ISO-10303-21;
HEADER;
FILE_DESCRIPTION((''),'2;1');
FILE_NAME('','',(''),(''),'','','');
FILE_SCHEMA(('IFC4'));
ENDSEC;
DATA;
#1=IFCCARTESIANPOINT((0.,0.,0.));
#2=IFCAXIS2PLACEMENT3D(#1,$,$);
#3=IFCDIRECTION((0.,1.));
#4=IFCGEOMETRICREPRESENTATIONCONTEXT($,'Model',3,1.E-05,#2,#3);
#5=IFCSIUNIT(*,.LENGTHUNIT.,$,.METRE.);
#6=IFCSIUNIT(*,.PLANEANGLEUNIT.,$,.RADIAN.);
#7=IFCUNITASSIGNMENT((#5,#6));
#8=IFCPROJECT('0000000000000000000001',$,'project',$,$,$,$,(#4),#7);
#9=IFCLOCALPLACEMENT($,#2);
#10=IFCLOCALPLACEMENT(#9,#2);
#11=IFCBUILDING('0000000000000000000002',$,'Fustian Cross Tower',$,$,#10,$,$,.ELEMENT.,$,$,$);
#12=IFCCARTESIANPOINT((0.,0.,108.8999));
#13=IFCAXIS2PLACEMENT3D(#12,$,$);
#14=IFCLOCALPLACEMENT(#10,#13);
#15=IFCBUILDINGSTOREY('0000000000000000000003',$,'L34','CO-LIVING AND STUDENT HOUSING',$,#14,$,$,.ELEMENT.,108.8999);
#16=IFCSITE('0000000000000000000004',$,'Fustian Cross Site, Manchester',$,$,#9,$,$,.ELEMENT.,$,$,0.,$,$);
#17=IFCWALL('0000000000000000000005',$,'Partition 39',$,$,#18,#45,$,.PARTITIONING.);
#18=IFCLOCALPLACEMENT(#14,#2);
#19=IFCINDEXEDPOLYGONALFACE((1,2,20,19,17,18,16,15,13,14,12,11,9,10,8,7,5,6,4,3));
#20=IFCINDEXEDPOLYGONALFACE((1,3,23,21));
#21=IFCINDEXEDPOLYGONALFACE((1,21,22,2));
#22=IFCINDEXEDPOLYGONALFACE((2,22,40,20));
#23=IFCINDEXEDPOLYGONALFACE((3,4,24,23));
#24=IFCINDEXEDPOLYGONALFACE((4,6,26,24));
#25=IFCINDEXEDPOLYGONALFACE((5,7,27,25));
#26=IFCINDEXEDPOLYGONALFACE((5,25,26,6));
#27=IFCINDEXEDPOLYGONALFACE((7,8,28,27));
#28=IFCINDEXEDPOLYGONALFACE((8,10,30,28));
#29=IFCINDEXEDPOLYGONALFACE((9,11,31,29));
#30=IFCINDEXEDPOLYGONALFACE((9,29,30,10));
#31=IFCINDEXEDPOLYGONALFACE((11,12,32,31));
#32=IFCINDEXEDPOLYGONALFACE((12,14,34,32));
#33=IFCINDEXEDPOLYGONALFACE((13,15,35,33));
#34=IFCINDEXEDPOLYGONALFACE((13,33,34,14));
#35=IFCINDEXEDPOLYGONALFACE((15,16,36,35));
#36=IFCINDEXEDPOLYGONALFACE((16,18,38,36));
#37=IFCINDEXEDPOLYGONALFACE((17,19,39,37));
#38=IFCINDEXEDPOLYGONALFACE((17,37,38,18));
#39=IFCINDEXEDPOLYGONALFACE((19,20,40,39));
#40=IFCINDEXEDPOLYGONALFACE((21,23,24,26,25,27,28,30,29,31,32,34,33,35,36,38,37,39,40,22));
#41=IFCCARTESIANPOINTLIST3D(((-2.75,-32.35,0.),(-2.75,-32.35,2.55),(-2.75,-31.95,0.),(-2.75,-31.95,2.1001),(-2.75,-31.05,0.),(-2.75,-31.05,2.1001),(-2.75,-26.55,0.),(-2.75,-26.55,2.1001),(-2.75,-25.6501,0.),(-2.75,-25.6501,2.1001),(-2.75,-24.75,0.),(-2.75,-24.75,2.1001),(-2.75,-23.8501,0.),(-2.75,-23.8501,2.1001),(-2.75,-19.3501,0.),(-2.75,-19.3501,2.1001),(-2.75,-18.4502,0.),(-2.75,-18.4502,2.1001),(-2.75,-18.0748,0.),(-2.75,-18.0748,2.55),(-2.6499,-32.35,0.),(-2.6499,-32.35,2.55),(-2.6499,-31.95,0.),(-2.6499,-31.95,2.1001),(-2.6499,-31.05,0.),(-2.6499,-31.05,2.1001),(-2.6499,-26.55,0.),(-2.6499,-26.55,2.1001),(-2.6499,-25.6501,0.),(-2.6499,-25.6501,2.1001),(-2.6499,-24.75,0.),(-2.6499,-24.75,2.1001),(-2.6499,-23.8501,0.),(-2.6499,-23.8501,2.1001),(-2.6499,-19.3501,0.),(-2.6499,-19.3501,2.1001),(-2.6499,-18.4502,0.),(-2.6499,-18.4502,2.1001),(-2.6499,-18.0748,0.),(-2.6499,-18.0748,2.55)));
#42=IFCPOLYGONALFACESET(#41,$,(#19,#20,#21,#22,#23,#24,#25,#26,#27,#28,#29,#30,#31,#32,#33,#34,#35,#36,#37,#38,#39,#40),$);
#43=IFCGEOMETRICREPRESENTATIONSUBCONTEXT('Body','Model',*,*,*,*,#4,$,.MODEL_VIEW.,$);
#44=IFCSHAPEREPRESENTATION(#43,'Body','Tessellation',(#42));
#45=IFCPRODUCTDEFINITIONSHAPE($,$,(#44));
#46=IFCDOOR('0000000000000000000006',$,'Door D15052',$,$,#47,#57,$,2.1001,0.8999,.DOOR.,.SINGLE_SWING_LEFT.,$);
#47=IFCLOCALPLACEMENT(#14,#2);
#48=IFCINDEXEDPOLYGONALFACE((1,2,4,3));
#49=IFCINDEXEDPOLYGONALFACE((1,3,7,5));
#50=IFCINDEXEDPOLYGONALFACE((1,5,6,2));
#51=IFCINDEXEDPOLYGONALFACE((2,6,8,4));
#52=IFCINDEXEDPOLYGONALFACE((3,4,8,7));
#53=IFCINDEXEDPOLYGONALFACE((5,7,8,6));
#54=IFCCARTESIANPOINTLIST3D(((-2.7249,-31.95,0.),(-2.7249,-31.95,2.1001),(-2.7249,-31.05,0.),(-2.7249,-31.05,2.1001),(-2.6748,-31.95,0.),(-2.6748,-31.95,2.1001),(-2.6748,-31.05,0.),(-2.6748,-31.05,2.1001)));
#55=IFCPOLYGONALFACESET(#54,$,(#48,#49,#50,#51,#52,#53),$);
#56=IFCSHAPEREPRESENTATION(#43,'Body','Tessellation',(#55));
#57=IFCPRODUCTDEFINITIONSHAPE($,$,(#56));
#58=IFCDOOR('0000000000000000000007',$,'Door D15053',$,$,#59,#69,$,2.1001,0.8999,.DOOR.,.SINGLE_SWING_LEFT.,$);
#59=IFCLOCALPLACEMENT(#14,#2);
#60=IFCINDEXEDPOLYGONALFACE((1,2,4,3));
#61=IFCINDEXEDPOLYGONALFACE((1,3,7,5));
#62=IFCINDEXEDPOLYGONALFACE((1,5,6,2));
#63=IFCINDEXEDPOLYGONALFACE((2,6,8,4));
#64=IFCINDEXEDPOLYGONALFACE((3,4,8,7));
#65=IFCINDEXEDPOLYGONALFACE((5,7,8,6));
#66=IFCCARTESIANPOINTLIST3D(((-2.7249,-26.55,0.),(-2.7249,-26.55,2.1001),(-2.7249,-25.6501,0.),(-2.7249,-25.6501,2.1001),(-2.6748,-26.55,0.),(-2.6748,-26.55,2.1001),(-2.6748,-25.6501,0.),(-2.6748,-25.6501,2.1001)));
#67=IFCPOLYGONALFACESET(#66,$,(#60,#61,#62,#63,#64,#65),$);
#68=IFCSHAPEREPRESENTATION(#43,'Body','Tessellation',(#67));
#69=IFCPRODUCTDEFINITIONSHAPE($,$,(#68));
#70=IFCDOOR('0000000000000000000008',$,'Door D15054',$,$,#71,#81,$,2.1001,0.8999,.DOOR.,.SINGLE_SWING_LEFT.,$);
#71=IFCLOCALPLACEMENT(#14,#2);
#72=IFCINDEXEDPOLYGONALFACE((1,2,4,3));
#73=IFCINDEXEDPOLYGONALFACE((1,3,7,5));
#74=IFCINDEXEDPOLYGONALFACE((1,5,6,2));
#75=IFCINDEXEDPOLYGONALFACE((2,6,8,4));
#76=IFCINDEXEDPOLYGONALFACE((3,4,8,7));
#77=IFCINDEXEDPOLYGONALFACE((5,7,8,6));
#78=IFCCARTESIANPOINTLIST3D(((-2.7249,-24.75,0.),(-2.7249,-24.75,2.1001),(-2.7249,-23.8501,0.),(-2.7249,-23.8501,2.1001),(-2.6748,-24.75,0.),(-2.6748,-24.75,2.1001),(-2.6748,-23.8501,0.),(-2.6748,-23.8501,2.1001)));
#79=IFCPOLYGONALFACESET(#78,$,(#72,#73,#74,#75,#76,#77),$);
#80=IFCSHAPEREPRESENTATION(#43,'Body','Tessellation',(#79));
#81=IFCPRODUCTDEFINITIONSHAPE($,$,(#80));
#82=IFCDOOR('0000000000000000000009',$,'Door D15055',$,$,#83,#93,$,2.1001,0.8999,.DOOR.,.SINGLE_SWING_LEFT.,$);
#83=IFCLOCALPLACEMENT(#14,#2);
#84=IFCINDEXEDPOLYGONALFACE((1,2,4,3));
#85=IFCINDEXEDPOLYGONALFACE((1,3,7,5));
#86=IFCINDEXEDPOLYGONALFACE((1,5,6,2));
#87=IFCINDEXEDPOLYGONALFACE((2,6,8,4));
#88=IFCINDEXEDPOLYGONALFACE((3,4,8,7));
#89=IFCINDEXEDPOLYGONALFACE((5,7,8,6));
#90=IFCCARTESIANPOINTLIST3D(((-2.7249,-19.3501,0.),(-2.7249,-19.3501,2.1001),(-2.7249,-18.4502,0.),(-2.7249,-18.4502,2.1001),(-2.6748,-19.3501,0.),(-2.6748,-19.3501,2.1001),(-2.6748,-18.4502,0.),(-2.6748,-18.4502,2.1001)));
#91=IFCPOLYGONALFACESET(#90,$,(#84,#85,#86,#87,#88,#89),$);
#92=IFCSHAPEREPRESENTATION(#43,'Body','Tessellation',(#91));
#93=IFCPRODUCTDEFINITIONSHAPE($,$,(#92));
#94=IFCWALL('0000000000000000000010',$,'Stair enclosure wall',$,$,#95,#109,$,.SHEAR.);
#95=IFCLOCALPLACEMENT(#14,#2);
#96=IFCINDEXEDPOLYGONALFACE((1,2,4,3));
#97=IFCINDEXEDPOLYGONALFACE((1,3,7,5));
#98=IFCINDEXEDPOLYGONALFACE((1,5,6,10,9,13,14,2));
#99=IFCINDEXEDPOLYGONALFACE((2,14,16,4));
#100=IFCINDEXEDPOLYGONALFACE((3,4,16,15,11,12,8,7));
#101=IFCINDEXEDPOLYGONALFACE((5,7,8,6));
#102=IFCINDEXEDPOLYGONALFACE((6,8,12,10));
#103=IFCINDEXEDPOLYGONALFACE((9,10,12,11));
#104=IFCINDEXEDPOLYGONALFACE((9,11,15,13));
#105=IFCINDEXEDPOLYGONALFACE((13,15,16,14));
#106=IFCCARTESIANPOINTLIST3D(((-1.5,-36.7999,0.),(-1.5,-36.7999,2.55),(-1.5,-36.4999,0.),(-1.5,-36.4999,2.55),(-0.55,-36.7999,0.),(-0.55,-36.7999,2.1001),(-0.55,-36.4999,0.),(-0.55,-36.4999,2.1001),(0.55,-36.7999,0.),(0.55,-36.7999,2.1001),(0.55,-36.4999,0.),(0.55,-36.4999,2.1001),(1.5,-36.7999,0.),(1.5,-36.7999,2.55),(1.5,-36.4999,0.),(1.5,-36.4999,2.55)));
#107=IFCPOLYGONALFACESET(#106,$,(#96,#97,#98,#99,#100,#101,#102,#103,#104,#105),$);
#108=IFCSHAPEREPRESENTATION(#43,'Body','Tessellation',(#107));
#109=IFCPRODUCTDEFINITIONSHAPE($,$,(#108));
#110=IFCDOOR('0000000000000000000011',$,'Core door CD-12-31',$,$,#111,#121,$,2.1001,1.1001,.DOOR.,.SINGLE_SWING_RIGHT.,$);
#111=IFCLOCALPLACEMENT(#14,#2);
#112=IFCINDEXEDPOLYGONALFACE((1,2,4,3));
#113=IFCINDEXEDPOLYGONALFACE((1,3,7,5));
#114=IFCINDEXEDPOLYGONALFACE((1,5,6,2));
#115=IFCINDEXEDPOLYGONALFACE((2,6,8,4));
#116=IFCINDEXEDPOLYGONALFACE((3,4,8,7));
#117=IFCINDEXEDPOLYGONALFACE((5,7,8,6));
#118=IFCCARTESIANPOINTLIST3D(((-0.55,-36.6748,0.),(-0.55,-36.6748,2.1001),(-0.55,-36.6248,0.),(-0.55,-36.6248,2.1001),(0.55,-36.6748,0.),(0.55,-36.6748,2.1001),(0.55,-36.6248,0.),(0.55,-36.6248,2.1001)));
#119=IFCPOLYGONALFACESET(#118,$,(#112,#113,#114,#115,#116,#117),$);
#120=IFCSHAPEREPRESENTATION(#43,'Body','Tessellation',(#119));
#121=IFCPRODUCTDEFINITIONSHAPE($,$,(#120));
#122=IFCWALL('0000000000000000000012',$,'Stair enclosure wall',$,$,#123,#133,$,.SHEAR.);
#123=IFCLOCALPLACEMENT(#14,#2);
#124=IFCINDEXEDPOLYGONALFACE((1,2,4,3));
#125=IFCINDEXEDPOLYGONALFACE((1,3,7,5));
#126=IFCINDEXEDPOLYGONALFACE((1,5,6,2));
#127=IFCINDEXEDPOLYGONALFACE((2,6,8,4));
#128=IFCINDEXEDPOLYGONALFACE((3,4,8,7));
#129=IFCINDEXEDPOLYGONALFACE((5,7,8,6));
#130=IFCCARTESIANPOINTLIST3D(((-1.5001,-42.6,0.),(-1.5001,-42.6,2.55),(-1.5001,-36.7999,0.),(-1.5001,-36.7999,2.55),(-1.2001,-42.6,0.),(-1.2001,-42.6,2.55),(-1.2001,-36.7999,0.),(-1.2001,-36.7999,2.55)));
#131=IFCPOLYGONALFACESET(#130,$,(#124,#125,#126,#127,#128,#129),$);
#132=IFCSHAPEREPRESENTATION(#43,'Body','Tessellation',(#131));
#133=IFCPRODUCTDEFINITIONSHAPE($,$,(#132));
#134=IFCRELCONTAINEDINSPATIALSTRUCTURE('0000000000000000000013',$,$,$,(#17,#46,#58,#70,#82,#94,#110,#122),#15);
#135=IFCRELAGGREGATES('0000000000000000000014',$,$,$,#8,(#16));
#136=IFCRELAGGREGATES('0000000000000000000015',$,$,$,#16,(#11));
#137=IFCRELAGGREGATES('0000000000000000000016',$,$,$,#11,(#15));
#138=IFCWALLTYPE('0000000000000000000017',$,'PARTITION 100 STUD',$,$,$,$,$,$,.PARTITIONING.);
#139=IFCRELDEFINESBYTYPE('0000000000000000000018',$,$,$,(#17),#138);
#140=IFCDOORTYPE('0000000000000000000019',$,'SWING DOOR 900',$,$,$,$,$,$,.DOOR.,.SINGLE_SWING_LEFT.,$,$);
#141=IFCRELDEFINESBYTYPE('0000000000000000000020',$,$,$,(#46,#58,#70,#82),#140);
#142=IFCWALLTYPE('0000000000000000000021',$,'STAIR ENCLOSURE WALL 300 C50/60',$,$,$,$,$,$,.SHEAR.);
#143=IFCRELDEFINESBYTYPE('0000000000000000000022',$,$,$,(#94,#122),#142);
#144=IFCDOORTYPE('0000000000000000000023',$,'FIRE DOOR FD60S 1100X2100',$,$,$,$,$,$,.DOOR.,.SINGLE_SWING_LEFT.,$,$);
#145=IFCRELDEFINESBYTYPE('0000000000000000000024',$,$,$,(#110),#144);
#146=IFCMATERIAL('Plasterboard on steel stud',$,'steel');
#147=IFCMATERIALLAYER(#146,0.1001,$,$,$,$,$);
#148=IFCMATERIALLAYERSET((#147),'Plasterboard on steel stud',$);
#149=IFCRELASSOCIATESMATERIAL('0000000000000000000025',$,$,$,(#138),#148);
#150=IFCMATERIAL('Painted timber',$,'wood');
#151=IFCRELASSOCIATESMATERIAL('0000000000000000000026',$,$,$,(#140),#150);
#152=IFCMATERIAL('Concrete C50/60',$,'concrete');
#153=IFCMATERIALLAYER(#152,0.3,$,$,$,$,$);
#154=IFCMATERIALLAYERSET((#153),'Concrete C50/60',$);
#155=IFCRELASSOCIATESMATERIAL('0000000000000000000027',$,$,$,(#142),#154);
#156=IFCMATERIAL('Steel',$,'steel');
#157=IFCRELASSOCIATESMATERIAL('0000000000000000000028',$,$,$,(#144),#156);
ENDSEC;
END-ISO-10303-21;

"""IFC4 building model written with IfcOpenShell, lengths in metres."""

from ifc_helpers import new_model, si_unit, direction, frame, frame_2d, origin, place, context, subcontext, project, spatial, rectangle, extrude, material, layer, layer_set, type_object, element, fill, save


model = new_model("IFC4")

# Units and contexts
model_context = context("Model", 3, precision=1e-05, world=origin(), true_north=direction((0.0, 1.0)))
body_context = subcontext(model_context, "Body", "Model", "MODEL_VIEW")
ifc_project = project(units=[si_unit("LENGTHUNIT", "METRE"), si_unit("PLANEANGLEUNIT", "RADIAN")], contexts=[model_context])

# Site, building, storey
site_placement = place(None, origin())
site = spatial("IfcSite", under=ifc_project, at=site_placement, Name="Fustian Cross Site, Manchester", CompositionType="ELEMENT", RefElevation=0.0)
building_placement = place(site_placement, origin())
building = spatial("IfcBuilding", under=site, at=building_placement, Name="Fustian Cross Tower", CompositionType="ELEMENT")
storey_placement = place(building_placement, frame((0.0, 0.0, 108.8999)))
storey = spatial("IfcBuildingStorey", under=building, at=storey_placement, Name="L34", Description="CO-LIVING AND STUDENT HOUSING", CompositionType="ELEMENT", Elevation=108.8999)

# Shared definitions
ifc_material_1 = material(Name="Plasterboard on steel stud", Category="steel")
ifc_layer_1 = layer(ifc_material_1, 0.1001)
ifc_layer_set_1 = layer_set([ifc_layer_1], Name="Plasterboard on steel stud")
wall_type_1 = type_object("IfcWallType", Name="PARTITION 100 STUD", PredefinedType="PARTITIONING", material=ifc_layer_set_1)

# Wall, openings, doors
wall_1_placement = place(storey_placement, frame((-2.7, -32.3501, 0.0), z_axis=(0.0, 0.0, 1.0), x_axis=(0.0, 1.0, 0.0)))
wall_1 = element("IfcWall", 1, at=wall_1_placement, inside=storey, type_object=wall_type_1, Name="Partition 39", PredefinedType="PARTITIONING", context=body_context, shape_type="SweptSolid", body=[
    extrude(rectangle(XDim=14.2751, YDim=0.1001, at=frame_2d((7.1377, 0.0))), origin(), (0.0, 0.0, 1.0), 2.55),
])
opening_1_placement = place(wall_1_placement, frame((0.4001, 0.0, 0.0)))
opening_1 = element("IfcOpeningElement", 2, at=opening_1_placement, cuts=wall_1, PredefinedType="OPENING", context=body_context, shape_type="SweptSolid", body=[
    extrude(rectangle(XDim=0.8999, YDim=2.1001, at=frame_2d((0.45, 1.05))), frame((0.0, 0.0601, 0.0), z_axis=(0.0, -1.0, 0.0), x_axis=(1.0, 0.0, 0.0)), (0.0, 0.0, 1.0), 0.1201),
])
opening_2_placement = place(wall_1_placement, frame((5.8, 0.0, 0.0)))
opening_2 = element("IfcOpeningElement", 3, at=opening_2_placement, cuts=wall_1, PredefinedType="OPENING", context=body_context, shape_type="SweptSolid", body=[
    extrude(rectangle(XDim=0.8999, YDim=2.1001, at=frame_2d((0.45, 1.05))), frame((0.0, 0.0601, 0.0), z_axis=(0.0, -1.0, 0.0), x_axis=(1.0, 0.0, 0.0)), (0.0, 0.0, 1.0), 0.1201),
])
opening_3_placement = place(wall_1_placement, frame((7.6001, 0.0, 0.0)))
opening_3 = element("IfcOpeningElement", 4, at=opening_3_placement, cuts=wall_1, PredefinedType="OPENING", context=body_context, shape_type="SweptSolid", body=[
    extrude(rectangle(XDim=0.8999, YDim=2.1001, at=frame_2d((0.45, 1.05))), frame((0.0, 0.0601, 0.0), z_axis=(0.0, -1.0, 0.0), x_axis=(1.0, 0.0, 0.0)), (0.0, 0.0, 1.0), 0.1201),
])
opening_4_placement = place(wall_1_placement, frame((13.0, 0.0, 0.0)))
opening_4 = element("IfcOpeningElement", 5, at=opening_4_placement, cuts=wall_1, PredefinedType="OPENING", context=body_context, shape_type="SweptSolid", body=[
    extrude(rectangle(XDim=0.8999, YDim=2.1001, at=frame_2d((0.45, 1.05))), frame((0.0, 0.0601, 0.0), z_axis=(0.0, -1.0, 0.0), x_axis=(1.0, 0.0, 0.0)), (0.0, 0.0, 1.0), 0.1201),
])
ifc_material_2 = material(Name="Painted timber", Category="wood")
door_type_1 = type_object("IfcDoorType", Name="SWING DOOR 900", OperationType="SINGLE_SWING_LEFT", PredefinedType="DOOR", material=ifc_material_2)
door_1_placement = place(opening_1_placement, origin())
door_1 = element("IfcDoor", 6, at=door_1_placement, inside=storey, type_object=door_type_1, Name="Door D15052", OperationType="SINGLE_SWING_LEFT", OverallHeight=2.1001, OverallWidth=0.8999, PredefinedType="DOOR", context=body_context, shape_type="SweptSolid", body=[
    extrude(rectangle(XDim=0.8999, YDim=2.1001, at=frame_2d((0.45, 1.05))), frame((0.0, 0.0249, 0.0), z_axis=(0.0, -1.0, 0.0), x_axis=(1.0, 0.0, 0.0)), (0.0, 0.0, 1.0), 0.05),
])
fill(opening_1, door_1)
door_2_placement = place(opening_2_placement, origin())
door_2 = element("IfcDoor", 7, at=door_2_placement, inside=storey, type_object=door_type_1, Name="Door D15053", OperationType="SINGLE_SWING_LEFT", OverallHeight=2.1001, OverallWidth=0.8999, PredefinedType="DOOR", context=body_context, shape_type="SweptSolid", body=[
    extrude(rectangle(XDim=0.8999, YDim=2.1001, at=frame_2d((0.45, 1.05))), frame((0.0, 0.0249, 0.0), z_axis=(0.0, -1.0, 0.0), x_axis=(1.0, 0.0, 0.0)), (0.0, 0.0, 1.0), 0.05),
])
fill(opening_2, door_2)
door_3_placement = place(opening_3_placement, origin())
door_3 = element("IfcDoor", 8, at=door_3_placement, inside=storey, type_object=door_type_1, Name="Door D15054", OperationType="SINGLE_SWING_LEFT", OverallHeight=2.1001, OverallWidth=0.8999, PredefinedType="DOOR", context=body_context, shape_type="SweptSolid", body=[
    extrude(rectangle(XDim=0.8999, YDim=2.1001, at=frame_2d((0.45, 1.05))), frame((0.0, 0.0249, 0.0), z_axis=(0.0, -1.0, 0.0), x_axis=(1.0, 0.0, 0.0)), (0.0, 0.0, 1.0), 0.05),
])
fill(opening_3, door_3)
door_4_placement = place(opening_4_placement, origin())
door_4 = element("IfcDoor", 9, at=door_4_placement, inside=storey, type_object=door_type_1, Name="Door D15055", OperationType="SINGLE_SWING_LEFT", OverallHeight=2.1001, OverallWidth=0.8999, PredefinedType="DOOR", context=body_context, shape_type="SweptSolid", body=[
    extrude(rectangle(XDim=0.8999, YDim=2.1001, at=frame_2d((0.45, 1.05))), frame((0.0, 0.0249, 0.0), z_axis=(0.0, -1.0, 0.0), x_axis=(1.0, 0.0, 0.0)), (0.0, 0.0, 1.0), 0.05),
])
fill(opening_4, door_4)

# Wall, opening, door
ifc_material_3 = material(Name="Concrete C50/60", Category="concrete")
ifc_layer_2 = layer(ifc_material_3, 0.3)
ifc_layer_set_2 = layer_set([ifc_layer_2], Name="Concrete C50/60")
wall_type_2 = type_object("IfcWallType", Name="STAIR ENCLOSURE WALL 300 C50/60", PredefinedType="SHEAR", material=ifc_layer_set_2)
wall_2_placement = place(storey_placement, frame((-1.5, -36.6499, 0.0), z_axis=(0.0, 0.0, 1.0), x_axis=(1.0, 0.0, 0.0)))
wall_2 = element("IfcWall", 10, at=wall_2_placement, inside=storey, type_object=wall_type_2, Name="Stair enclosure wall", PredefinedType="SHEAR", context=body_context, shape_type="SweptSolid", body=[
    extrude(rectangle(XDim=3.0, YDim=0.3, at=frame_2d((1.5, 0.0))), origin(), (0.0, 0.0, 1.0), 2.55),
])
opening_5_placement = place(wall_2_placement, frame((0.95, 0.0, 0.0)))
opening_5 = element("IfcOpeningElement", 11, at=opening_5_placement, cuts=wall_2, PredefinedType="OPENING", context=body_context, shape_type="SweptSolid", body=[
    extrude(rectangle(XDim=1.1001, YDim=2.1001, at=frame_2d((0.55, 1.05))), frame((0.0, 0.1599, 0.0), z_axis=(0.0, -1.0, 0.0), x_axis=(1.0, 0.0, 0.0)), (0.0, 0.0, 1.0), 0.3201),
])
ifc_material_4 = material(Name="Steel", Category="steel")
door_type_2 = type_object("IfcDoorType", Name="FIRE DOOR FD60S 1100X2100", OperationType="SINGLE_SWING_LEFT", PredefinedType="DOOR", material=ifc_material_4)
door_5_placement = place(opening_5_placement, frame((1.1001, 0.0, 0.0), z_axis=(0.0, 0.0, 1.0), x_axis=(-1.0, 0.0, 0.0)))
door_5 = element("IfcDoor", 12, at=door_5_placement, inside=storey, type_object=door_type_2, Name="Core door CD-12-31", OperationType="SINGLE_SWING_RIGHT", OverallHeight=2.1001, OverallWidth=1.1001, PredefinedType="DOOR", context=body_context, shape_type="SweptSolid", body=[
    extrude(rectangle(XDim=1.1001, YDim=2.1001, at=frame_2d((0.55, 1.05))), frame((0.0, 0.0249, 0.0), z_axis=(0.0, -1.0, 0.0), x_axis=(1.0, 0.0, 0.0)), (0.0, 0.0, 1.0), 0.05),
])
fill(opening_5, door_5)

# Wall
wall_3_placement = place(storey_placement, frame((-1.3501, -36.8, 0.0), z_axis=(0.0, 0.0, 1.0), x_axis=(0.0, -1.0, 0.0)))
element("IfcWall", 13, at=wall_3_placement, inside=storey, type_object=wall_type_2, Name="Stair enclosure wall", PredefinedType="SHEAR", context=body_context, shape_type="SweptSolid", body=[
    extrude(rectangle(XDim=5.8, YDim=0.3, at=frame_2d((2.8999, 0.0))), origin(), (0.0, 0.0, 1.0), 2.55),
])

save(model, "model.ifc")
